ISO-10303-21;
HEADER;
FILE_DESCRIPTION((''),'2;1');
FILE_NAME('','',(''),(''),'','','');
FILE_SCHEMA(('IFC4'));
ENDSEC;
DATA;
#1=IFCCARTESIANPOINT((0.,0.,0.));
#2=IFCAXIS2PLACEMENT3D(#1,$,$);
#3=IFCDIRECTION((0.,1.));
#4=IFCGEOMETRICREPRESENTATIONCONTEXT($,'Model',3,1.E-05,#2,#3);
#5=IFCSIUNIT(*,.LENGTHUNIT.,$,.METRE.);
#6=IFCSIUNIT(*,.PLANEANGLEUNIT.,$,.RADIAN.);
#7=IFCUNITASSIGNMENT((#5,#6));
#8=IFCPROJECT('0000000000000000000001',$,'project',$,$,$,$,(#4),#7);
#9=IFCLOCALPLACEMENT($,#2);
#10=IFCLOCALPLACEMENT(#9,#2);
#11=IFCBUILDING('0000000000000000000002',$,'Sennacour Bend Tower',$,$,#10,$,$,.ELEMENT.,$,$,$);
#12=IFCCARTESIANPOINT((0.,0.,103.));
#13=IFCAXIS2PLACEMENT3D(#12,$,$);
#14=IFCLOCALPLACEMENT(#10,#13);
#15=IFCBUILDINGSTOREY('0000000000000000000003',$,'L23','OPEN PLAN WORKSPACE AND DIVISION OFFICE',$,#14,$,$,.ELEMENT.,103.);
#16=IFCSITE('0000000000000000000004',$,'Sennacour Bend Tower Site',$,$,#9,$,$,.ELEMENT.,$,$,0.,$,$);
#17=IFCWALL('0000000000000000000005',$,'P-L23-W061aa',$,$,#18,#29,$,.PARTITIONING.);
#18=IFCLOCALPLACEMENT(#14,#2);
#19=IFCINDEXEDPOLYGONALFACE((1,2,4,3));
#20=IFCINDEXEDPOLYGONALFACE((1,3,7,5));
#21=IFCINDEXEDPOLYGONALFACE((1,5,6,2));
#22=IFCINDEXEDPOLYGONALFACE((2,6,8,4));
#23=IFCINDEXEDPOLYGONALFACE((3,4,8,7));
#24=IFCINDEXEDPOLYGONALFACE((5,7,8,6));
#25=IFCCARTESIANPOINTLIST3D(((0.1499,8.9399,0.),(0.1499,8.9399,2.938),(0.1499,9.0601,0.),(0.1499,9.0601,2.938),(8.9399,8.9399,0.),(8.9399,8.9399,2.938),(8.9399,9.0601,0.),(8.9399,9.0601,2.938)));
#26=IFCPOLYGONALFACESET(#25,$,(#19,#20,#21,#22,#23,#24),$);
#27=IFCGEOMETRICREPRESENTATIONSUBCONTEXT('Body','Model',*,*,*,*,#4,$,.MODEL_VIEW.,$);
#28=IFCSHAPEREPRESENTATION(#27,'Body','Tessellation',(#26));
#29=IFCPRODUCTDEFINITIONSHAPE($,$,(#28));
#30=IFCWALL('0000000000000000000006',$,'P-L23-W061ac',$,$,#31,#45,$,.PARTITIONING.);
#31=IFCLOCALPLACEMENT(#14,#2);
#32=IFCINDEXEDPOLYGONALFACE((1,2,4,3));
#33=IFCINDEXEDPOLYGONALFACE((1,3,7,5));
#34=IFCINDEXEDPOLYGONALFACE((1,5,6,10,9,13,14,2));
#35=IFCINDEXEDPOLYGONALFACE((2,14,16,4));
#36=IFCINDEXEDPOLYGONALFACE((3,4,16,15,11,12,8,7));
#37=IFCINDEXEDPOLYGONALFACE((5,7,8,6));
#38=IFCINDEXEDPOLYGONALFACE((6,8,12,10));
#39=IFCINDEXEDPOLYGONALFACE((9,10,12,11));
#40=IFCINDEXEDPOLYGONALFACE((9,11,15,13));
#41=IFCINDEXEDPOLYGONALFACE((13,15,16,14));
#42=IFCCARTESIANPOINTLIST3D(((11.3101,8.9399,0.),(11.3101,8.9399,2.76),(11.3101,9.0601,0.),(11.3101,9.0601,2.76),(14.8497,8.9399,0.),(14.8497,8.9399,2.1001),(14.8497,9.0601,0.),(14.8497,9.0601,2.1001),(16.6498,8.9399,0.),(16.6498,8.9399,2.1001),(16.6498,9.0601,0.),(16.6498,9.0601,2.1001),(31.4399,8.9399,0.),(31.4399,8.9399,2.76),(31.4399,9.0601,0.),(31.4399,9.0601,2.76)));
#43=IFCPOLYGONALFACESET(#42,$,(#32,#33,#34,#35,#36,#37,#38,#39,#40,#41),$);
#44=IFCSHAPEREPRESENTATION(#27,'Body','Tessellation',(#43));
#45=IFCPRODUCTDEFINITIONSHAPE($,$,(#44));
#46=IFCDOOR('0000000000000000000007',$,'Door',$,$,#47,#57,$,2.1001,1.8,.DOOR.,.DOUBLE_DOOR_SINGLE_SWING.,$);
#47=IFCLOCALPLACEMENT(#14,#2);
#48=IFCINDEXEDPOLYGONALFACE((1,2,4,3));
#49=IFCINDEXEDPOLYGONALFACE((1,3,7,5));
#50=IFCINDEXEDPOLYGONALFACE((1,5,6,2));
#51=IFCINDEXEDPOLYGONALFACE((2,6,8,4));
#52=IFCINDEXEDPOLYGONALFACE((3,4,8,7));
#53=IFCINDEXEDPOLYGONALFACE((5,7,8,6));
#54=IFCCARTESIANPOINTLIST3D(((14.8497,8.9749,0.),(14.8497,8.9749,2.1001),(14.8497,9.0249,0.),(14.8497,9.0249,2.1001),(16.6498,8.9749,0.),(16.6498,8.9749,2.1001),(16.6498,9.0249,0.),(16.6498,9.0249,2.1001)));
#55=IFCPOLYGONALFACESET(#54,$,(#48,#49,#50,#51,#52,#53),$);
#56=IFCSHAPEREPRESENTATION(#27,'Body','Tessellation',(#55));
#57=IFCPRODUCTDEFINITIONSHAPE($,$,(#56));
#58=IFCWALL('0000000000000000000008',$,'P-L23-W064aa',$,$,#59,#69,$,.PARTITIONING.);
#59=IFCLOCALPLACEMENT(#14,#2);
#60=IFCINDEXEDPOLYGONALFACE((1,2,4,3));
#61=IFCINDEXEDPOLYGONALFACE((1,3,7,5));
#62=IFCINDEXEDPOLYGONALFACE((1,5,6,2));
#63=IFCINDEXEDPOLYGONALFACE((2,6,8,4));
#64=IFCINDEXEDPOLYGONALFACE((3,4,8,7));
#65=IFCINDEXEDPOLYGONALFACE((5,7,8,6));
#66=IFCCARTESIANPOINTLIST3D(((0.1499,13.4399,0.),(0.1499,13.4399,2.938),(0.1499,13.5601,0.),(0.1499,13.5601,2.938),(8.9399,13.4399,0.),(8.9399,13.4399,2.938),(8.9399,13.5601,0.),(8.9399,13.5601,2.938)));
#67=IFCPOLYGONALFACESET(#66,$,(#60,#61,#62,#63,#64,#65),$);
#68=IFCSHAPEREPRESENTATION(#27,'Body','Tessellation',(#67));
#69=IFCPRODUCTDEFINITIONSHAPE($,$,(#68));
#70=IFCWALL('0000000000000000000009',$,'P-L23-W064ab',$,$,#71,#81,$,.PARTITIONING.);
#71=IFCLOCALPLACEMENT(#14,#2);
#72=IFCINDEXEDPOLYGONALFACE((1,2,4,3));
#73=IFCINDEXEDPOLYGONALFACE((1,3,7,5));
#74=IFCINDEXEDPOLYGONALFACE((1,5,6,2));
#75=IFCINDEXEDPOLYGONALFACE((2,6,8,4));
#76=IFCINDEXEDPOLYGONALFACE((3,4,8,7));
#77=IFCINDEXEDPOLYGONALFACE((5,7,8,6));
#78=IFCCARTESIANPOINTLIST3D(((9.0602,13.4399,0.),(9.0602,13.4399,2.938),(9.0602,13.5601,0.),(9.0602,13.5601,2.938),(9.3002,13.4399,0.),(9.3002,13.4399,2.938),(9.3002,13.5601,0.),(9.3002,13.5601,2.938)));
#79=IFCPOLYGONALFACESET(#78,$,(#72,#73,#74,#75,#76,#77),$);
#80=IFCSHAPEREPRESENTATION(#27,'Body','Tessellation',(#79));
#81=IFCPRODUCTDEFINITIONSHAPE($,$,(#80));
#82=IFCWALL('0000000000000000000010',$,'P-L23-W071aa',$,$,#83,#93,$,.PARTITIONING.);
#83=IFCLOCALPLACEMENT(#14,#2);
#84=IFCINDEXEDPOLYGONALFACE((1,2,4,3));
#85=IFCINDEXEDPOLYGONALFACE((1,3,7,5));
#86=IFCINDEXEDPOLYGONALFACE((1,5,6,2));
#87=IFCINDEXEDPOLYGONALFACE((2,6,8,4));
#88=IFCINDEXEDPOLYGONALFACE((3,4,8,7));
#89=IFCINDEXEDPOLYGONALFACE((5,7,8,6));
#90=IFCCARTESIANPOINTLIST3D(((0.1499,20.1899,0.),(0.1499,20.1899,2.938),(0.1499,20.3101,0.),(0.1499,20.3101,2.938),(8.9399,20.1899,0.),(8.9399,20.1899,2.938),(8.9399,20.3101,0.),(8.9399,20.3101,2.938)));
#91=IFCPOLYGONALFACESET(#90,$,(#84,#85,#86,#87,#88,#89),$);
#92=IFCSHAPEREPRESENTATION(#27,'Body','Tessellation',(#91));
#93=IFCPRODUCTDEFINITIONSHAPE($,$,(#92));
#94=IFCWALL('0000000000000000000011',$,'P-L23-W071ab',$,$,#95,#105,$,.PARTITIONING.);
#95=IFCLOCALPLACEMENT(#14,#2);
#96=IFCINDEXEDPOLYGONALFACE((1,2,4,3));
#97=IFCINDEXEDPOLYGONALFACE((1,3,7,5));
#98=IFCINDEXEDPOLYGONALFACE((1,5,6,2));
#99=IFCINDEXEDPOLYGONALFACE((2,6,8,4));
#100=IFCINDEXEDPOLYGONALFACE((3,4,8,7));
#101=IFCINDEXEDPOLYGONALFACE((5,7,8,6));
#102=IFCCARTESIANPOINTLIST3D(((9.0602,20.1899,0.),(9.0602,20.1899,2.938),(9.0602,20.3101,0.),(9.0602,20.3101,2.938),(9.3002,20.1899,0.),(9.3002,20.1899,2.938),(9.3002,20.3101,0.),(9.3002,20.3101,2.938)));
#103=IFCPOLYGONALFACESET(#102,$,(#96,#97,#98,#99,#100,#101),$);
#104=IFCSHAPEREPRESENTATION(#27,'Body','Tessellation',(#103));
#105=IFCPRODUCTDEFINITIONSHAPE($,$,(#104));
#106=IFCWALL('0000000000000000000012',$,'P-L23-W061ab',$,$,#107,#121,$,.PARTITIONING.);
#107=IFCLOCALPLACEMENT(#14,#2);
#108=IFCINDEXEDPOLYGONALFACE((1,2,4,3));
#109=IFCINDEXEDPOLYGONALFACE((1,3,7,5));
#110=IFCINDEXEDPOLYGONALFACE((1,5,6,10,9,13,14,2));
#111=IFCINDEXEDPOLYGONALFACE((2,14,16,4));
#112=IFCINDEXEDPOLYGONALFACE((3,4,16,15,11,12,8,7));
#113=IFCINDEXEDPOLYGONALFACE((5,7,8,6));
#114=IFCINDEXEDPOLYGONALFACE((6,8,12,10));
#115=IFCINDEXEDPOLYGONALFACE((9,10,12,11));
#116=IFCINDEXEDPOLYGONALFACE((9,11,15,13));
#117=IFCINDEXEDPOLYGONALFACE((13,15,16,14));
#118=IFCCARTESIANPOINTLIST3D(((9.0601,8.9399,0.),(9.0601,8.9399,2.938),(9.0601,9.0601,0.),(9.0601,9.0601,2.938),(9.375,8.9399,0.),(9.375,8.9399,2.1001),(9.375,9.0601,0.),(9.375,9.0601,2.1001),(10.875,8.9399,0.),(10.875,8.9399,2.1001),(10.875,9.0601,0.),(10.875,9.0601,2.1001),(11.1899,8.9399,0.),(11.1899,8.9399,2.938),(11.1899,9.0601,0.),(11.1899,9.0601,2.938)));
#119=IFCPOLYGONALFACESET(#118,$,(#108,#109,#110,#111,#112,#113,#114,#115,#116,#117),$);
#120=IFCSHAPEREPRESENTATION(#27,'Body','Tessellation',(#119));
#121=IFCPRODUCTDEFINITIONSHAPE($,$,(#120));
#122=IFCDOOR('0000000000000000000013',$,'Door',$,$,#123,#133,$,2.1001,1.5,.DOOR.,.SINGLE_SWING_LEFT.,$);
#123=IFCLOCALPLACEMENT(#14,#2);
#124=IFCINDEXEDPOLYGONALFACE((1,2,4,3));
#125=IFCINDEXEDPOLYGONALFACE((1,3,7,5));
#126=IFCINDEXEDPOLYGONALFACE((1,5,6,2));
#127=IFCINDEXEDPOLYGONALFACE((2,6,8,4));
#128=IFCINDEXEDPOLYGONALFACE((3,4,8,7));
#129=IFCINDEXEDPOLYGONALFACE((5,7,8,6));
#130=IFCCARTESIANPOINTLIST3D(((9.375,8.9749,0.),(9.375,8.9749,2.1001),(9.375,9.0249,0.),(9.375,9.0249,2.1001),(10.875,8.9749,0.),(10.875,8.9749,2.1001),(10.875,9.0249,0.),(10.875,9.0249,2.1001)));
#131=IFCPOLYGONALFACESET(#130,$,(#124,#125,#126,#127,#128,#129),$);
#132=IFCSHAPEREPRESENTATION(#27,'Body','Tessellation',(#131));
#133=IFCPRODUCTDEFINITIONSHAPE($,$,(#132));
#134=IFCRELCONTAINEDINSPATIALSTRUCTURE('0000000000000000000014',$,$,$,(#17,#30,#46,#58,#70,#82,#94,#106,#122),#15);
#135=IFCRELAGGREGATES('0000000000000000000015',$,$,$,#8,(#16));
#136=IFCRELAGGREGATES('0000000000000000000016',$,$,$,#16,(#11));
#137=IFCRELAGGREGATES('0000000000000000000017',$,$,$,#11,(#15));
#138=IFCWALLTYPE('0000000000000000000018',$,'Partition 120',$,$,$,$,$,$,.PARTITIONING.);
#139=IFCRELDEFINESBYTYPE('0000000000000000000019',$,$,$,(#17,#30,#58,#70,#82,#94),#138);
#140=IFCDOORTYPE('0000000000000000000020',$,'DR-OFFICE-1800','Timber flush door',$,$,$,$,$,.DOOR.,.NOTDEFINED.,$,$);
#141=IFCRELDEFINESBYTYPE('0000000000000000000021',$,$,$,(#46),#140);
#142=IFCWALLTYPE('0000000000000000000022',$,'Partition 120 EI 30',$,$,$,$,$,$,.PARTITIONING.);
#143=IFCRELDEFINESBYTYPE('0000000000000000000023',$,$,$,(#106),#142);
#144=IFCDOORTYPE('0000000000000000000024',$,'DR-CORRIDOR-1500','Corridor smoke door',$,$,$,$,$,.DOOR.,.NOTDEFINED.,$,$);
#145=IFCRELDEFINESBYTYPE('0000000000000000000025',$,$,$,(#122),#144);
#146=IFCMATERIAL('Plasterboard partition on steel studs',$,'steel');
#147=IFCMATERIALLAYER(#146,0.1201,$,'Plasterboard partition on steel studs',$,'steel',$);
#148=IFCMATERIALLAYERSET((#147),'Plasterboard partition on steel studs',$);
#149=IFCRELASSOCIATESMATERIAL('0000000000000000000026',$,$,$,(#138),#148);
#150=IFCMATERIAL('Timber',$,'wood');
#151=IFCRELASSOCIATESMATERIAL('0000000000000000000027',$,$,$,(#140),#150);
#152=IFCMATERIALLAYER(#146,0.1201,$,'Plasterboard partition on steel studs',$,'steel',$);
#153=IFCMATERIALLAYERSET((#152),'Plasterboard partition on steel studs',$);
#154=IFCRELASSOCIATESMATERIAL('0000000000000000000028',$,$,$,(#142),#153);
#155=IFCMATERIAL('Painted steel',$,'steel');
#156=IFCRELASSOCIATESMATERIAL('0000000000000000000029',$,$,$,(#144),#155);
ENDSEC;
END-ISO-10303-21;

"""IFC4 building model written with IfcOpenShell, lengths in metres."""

from ifc_helpers import new_model, si_unit, direction, frame, frame_2d, origin, place, context, subcontext, project, spatial, rectangle, extrude, material, layer, layer_set, type_object, element, fill, save


model = new_model("IFC4")

# Units and contexts
model_context = context("Model", 3, precision=1e-05, world=origin(), true_north=direction((0.0, 1.0)))
body_context = subcontext(model_context, "Body", "Model", "MODEL_VIEW")
ifc_project = project(units=[si_unit("LENGTHUNIT", "METRE"), si_unit("PLANEANGLEUNIT", "RADIAN")], contexts=[model_context])

# Site, building, storey
site_placement = place(None, origin())
site = spatial("IfcSite", under=ifc_project, at=site_placement, Name="Sennacour Bend Tower Site", CompositionType="ELEMENT", RefElevation=0.0)
building_placement = place(site_placement, origin())
building = spatial("IfcBuilding", under=site, at=building_placement, Name="Sennacour Bend Tower", CompositionType="ELEMENT")
storey_placement = place(building_placement, frame((0.0, 0.0, 103.0)))
storey = spatial("IfcBuildingStorey", under=building, at=storey_placement, Name="L23", Description="OPEN PLAN WORKSPACE AND DIVISION OFFICE", CompositionType="ELEMENT", Elevation=103.0)

# Shared definitions
ifc_material_1 = material(Name="Plasterboard partition on steel studs", Category="steel")
ifc_layer_1 = layer(ifc_material_1, 0.1201, Name="Plasterboard partition on steel studs", Category="steel")
ifc_layer_set_1 = layer_set([ifc_layer_1], Name="Plasterboard partition on steel studs")
wall_type_1 = type_object("IfcWallType", Name="Partition 120", PredefinedType="PARTITIONING", material=ifc_layer_set_1)
ifc_material_2 = material(Name="Timber", Category="wood")

# Wall
wall_1_placement = place(storey_placement, frame((0.1499, 9.0, 0.0), z_axis=(0.0, 0.0, 1.0), x_axis=(1.0, 0.0, 0.0)))
element("IfcWall", 1, at=wall_1_placement, inside=storey, type_object=wall_type_1, Name="P-L23-W061aa", PredefinedType="PARTITIONING", context=body_context, shape_type="SweptSolid", body=[
    extrude(rectangle(XDim=8.79, YDim=0.1201, at=frame_2d((4.395, 0.0))), origin(), (0.0, 0.0, 1.0), 2.938),
])

# Wall, opening, door
wall_2_placement = place(storey_placement, frame((11.3101, 9.0, 0.0), z_axis=(0.0, 0.0, 1.0), x_axis=(1.0, 0.0, 0.0)))
wall_2 = element("IfcWall", 2, at=wall_2_placement, inside=storey, type_object=wall_type_1, Name="P-L23-W061ac", PredefinedType="PARTITIONING", context=body_context, shape_type="SweptSolid", body=[
    extrude(rectangle(XDim=20.1299, YDim=0.1201, at=frame_2d((10.0649, 0.0))), origin(), (0.0, 0.0, 1.0), 2.76),
])
opening_1_placement = place(wall_2_placement, frame((3.5398, 0.0, 0.0)))
opening_1 = element("IfcOpeningElement", 3, at=opening_1_placement, cuts=wall_2, PredefinedType="OPENING", context=body_context, shape_type="SweptSolid", body=[
    extrude(rectangle(XDim=1.8, YDim=2.1001, at=frame_2d((0.8999, 1.05))), frame((0.0, 0.0701, 0.0), z_axis=(0.0, -1.0, 0.0), x_axis=(1.0, 0.0, 0.0)), (0.0, 0.0, 1.0), 0.1401),
])
door_type_1 = type_object("IfcDoorType", Name="DR-OFFICE-1800", Description="Timber flush door", OperationType="NOTDEFINED", PredefinedType="DOOR", material=ifc_material_2)
door_1_placement = place(opening_1_placement, origin())
door_1 = element("IfcDoor", 4, at=door_1_placement, inside=storey, type_object=door_type_1, Name="Door", OperationType="DOUBLE_DOOR_SINGLE_SWING", OverallHeight=2.1001, OverallWidth=1.8, PredefinedType="DOOR", context=body_context, shape_type="SweptSolid", body=[
    extrude(rectangle(XDim=1.8, YDim=2.1001, at=frame_2d((0.8999, 1.05))), frame((0.0, 0.0249, 0.0), z_axis=(0.0, -1.0, 0.0), x_axis=(1.0, 0.0, 0.0)), (0.0, 0.0, 1.0), 0.05),
])
fill(opening_1, door_1)

# Walls
wall_3_placement = place(storey_placement, frame((0.1499, 13.5, 0.0), z_axis=(0.0, 0.0, 1.0), x_axis=(1.0, 0.0, 0.0)))
element("IfcWall", 5, at=wall_3_placement, inside=storey, type_object=wall_type_1, Name="P-L23-W064aa", PredefinedType="PARTITIONING", context=body_context, shape_type="SweptSolid", body=[
    extrude(rectangle(XDim=8.79, YDim=0.1201, at=frame_2d((4.395, 0.0))), origin(), (0.0, 0.0, 1.0), 2.938),
])
wall_4_placement = place(storey_placement, frame((9.0601, 13.5, 0.0), z_axis=(0.0, 0.0, 1.0), x_axis=(1.0, 0.0, 0.0)))
element("IfcWall", 6, at=wall_4_placement, inside=storey, type_object=wall_type_1, Name="P-L23-W064ab", PredefinedType="PARTITIONING", context=body_context, shape_type="SweptSolid", body=[
    extrude(rectangle(XDim=0.24, YDim=0.1201, at=frame_2d((0.1201, 0.0))), origin(), (0.0, 0.0, 1.0), 2.938),
])
wall_5_placement = place(storey_placement, frame((0.1499, 20.25, 0.0), z_axis=(0.0, 0.0, 1.0), x_axis=(1.0, 0.0, 0.0)))
element("IfcWall", 7, at=wall_5_placement, inside=storey, type_object=wall_type_1, Name="P-L23-W071aa", PredefinedType="PARTITIONING", context=body_context, shape_type="SweptSolid", body=[
    extrude(rectangle(XDim=8.79, YDim=0.1201, at=frame_2d((4.395, 0.0))), origin(), (0.0, 0.0, 1.0), 2.938),
])
wall_6_placement = place(storey_placement, frame((9.0601, 20.25, 0.0), z_axis=(0.0, 0.0, 1.0), x_axis=(1.0, 0.0, 0.0)))
element("IfcWall", 8, at=wall_6_placement, inside=storey, type_object=wall_type_1, Name="P-L23-W071ab", PredefinedType="PARTITIONING", context=body_context, shape_type="SweptSolid", body=[
    extrude(rectangle(XDim=0.24, YDim=0.1201, at=frame_2d((0.1201, 0.0))), origin(), (0.0, 0.0, 1.0), 2.938),
])

# Wall, opening, door
ifc_layer_2 = layer(ifc_material_1, 0.1201, Name="Plasterboard partition on steel studs", Category="steel")
ifc_layer_set_2 = layer_set([ifc_layer_2], Name="Plasterboard partition on steel studs")
wall_type_2 = type_object("IfcWallType", Name="Partition 120 EI 30", PredefinedType="PARTITIONING", material=ifc_layer_set_2)
wall_7_placement = place(storey_placement, frame((9.0601, 9.0, 0.0), z_axis=(0.0, 0.0, 1.0), x_axis=(1.0, 0.0, 0.0)))
wall_7 = element("IfcWall", 9, at=wall_7_placement, inside=storey, type_object=wall_type_2, Name="P-L23-W061ab", PredefinedType="PARTITIONING", context=body_context, shape_type="SweptSolid", body=[
    extrude(rectangle(XDim=2.1299, YDim=0.1201, at=frame_2d((1.0649, 0.0))), origin(), (0.0, 0.0, 1.0), 2.938),
])
opening_2_placement = place(wall_7_placement, frame((0.3149, 0.0, 0.0)))
opening_2 = element("IfcOpeningElement", 10, at=opening_2_placement, cuts=wall_7, PredefinedType="OPENING", context=body_context, shape_type="SweptSolid", body=[
    extrude(rectangle(XDim=1.5, YDim=2.1001, at=frame_2d((0.75, 1.05))), frame((0.0, 0.0701, 0.0), z_axis=(0.0, -1.0, 0.0), x_axis=(1.0, 0.0, 0.0)), (0.0, 0.0, 1.0), 0.1401),
])
ifc_material_3 = material(Name="Painted steel", Category="steel")
door_type_2 = type_object("IfcDoorType", Name="DR-CORRIDOR-1500", Description="Corridor smoke door", OperationType="NOTDEFINED", PredefinedType="DOOR", material=ifc_material_3)
door_2_placement = place(opening_2_placement, origin())
door_2 = element("IfcDoor", 11, at=door_2_placement, inside=storey, type_object=door_type_2, Name="Door", OperationType="SINGLE_SWING_LEFT", OverallHeight=2.1001, OverallWidth=1.5, PredefinedType="DOOR", context=body_context, shape_type="SweptSolid", body=[
    extrude(rectangle(XDim=1.5, YDim=2.1001, at=frame_2d((0.75, 1.05))), frame((0.0, 0.0249, 0.0), z_axis=(0.0, -1.0, 0.0), x_axis=(1.0, 0.0, 0.0)), (0.0, 0.0, 1.0), 0.05),
])
fill(opening_2, door_2)

save(model, "model.ifc")
